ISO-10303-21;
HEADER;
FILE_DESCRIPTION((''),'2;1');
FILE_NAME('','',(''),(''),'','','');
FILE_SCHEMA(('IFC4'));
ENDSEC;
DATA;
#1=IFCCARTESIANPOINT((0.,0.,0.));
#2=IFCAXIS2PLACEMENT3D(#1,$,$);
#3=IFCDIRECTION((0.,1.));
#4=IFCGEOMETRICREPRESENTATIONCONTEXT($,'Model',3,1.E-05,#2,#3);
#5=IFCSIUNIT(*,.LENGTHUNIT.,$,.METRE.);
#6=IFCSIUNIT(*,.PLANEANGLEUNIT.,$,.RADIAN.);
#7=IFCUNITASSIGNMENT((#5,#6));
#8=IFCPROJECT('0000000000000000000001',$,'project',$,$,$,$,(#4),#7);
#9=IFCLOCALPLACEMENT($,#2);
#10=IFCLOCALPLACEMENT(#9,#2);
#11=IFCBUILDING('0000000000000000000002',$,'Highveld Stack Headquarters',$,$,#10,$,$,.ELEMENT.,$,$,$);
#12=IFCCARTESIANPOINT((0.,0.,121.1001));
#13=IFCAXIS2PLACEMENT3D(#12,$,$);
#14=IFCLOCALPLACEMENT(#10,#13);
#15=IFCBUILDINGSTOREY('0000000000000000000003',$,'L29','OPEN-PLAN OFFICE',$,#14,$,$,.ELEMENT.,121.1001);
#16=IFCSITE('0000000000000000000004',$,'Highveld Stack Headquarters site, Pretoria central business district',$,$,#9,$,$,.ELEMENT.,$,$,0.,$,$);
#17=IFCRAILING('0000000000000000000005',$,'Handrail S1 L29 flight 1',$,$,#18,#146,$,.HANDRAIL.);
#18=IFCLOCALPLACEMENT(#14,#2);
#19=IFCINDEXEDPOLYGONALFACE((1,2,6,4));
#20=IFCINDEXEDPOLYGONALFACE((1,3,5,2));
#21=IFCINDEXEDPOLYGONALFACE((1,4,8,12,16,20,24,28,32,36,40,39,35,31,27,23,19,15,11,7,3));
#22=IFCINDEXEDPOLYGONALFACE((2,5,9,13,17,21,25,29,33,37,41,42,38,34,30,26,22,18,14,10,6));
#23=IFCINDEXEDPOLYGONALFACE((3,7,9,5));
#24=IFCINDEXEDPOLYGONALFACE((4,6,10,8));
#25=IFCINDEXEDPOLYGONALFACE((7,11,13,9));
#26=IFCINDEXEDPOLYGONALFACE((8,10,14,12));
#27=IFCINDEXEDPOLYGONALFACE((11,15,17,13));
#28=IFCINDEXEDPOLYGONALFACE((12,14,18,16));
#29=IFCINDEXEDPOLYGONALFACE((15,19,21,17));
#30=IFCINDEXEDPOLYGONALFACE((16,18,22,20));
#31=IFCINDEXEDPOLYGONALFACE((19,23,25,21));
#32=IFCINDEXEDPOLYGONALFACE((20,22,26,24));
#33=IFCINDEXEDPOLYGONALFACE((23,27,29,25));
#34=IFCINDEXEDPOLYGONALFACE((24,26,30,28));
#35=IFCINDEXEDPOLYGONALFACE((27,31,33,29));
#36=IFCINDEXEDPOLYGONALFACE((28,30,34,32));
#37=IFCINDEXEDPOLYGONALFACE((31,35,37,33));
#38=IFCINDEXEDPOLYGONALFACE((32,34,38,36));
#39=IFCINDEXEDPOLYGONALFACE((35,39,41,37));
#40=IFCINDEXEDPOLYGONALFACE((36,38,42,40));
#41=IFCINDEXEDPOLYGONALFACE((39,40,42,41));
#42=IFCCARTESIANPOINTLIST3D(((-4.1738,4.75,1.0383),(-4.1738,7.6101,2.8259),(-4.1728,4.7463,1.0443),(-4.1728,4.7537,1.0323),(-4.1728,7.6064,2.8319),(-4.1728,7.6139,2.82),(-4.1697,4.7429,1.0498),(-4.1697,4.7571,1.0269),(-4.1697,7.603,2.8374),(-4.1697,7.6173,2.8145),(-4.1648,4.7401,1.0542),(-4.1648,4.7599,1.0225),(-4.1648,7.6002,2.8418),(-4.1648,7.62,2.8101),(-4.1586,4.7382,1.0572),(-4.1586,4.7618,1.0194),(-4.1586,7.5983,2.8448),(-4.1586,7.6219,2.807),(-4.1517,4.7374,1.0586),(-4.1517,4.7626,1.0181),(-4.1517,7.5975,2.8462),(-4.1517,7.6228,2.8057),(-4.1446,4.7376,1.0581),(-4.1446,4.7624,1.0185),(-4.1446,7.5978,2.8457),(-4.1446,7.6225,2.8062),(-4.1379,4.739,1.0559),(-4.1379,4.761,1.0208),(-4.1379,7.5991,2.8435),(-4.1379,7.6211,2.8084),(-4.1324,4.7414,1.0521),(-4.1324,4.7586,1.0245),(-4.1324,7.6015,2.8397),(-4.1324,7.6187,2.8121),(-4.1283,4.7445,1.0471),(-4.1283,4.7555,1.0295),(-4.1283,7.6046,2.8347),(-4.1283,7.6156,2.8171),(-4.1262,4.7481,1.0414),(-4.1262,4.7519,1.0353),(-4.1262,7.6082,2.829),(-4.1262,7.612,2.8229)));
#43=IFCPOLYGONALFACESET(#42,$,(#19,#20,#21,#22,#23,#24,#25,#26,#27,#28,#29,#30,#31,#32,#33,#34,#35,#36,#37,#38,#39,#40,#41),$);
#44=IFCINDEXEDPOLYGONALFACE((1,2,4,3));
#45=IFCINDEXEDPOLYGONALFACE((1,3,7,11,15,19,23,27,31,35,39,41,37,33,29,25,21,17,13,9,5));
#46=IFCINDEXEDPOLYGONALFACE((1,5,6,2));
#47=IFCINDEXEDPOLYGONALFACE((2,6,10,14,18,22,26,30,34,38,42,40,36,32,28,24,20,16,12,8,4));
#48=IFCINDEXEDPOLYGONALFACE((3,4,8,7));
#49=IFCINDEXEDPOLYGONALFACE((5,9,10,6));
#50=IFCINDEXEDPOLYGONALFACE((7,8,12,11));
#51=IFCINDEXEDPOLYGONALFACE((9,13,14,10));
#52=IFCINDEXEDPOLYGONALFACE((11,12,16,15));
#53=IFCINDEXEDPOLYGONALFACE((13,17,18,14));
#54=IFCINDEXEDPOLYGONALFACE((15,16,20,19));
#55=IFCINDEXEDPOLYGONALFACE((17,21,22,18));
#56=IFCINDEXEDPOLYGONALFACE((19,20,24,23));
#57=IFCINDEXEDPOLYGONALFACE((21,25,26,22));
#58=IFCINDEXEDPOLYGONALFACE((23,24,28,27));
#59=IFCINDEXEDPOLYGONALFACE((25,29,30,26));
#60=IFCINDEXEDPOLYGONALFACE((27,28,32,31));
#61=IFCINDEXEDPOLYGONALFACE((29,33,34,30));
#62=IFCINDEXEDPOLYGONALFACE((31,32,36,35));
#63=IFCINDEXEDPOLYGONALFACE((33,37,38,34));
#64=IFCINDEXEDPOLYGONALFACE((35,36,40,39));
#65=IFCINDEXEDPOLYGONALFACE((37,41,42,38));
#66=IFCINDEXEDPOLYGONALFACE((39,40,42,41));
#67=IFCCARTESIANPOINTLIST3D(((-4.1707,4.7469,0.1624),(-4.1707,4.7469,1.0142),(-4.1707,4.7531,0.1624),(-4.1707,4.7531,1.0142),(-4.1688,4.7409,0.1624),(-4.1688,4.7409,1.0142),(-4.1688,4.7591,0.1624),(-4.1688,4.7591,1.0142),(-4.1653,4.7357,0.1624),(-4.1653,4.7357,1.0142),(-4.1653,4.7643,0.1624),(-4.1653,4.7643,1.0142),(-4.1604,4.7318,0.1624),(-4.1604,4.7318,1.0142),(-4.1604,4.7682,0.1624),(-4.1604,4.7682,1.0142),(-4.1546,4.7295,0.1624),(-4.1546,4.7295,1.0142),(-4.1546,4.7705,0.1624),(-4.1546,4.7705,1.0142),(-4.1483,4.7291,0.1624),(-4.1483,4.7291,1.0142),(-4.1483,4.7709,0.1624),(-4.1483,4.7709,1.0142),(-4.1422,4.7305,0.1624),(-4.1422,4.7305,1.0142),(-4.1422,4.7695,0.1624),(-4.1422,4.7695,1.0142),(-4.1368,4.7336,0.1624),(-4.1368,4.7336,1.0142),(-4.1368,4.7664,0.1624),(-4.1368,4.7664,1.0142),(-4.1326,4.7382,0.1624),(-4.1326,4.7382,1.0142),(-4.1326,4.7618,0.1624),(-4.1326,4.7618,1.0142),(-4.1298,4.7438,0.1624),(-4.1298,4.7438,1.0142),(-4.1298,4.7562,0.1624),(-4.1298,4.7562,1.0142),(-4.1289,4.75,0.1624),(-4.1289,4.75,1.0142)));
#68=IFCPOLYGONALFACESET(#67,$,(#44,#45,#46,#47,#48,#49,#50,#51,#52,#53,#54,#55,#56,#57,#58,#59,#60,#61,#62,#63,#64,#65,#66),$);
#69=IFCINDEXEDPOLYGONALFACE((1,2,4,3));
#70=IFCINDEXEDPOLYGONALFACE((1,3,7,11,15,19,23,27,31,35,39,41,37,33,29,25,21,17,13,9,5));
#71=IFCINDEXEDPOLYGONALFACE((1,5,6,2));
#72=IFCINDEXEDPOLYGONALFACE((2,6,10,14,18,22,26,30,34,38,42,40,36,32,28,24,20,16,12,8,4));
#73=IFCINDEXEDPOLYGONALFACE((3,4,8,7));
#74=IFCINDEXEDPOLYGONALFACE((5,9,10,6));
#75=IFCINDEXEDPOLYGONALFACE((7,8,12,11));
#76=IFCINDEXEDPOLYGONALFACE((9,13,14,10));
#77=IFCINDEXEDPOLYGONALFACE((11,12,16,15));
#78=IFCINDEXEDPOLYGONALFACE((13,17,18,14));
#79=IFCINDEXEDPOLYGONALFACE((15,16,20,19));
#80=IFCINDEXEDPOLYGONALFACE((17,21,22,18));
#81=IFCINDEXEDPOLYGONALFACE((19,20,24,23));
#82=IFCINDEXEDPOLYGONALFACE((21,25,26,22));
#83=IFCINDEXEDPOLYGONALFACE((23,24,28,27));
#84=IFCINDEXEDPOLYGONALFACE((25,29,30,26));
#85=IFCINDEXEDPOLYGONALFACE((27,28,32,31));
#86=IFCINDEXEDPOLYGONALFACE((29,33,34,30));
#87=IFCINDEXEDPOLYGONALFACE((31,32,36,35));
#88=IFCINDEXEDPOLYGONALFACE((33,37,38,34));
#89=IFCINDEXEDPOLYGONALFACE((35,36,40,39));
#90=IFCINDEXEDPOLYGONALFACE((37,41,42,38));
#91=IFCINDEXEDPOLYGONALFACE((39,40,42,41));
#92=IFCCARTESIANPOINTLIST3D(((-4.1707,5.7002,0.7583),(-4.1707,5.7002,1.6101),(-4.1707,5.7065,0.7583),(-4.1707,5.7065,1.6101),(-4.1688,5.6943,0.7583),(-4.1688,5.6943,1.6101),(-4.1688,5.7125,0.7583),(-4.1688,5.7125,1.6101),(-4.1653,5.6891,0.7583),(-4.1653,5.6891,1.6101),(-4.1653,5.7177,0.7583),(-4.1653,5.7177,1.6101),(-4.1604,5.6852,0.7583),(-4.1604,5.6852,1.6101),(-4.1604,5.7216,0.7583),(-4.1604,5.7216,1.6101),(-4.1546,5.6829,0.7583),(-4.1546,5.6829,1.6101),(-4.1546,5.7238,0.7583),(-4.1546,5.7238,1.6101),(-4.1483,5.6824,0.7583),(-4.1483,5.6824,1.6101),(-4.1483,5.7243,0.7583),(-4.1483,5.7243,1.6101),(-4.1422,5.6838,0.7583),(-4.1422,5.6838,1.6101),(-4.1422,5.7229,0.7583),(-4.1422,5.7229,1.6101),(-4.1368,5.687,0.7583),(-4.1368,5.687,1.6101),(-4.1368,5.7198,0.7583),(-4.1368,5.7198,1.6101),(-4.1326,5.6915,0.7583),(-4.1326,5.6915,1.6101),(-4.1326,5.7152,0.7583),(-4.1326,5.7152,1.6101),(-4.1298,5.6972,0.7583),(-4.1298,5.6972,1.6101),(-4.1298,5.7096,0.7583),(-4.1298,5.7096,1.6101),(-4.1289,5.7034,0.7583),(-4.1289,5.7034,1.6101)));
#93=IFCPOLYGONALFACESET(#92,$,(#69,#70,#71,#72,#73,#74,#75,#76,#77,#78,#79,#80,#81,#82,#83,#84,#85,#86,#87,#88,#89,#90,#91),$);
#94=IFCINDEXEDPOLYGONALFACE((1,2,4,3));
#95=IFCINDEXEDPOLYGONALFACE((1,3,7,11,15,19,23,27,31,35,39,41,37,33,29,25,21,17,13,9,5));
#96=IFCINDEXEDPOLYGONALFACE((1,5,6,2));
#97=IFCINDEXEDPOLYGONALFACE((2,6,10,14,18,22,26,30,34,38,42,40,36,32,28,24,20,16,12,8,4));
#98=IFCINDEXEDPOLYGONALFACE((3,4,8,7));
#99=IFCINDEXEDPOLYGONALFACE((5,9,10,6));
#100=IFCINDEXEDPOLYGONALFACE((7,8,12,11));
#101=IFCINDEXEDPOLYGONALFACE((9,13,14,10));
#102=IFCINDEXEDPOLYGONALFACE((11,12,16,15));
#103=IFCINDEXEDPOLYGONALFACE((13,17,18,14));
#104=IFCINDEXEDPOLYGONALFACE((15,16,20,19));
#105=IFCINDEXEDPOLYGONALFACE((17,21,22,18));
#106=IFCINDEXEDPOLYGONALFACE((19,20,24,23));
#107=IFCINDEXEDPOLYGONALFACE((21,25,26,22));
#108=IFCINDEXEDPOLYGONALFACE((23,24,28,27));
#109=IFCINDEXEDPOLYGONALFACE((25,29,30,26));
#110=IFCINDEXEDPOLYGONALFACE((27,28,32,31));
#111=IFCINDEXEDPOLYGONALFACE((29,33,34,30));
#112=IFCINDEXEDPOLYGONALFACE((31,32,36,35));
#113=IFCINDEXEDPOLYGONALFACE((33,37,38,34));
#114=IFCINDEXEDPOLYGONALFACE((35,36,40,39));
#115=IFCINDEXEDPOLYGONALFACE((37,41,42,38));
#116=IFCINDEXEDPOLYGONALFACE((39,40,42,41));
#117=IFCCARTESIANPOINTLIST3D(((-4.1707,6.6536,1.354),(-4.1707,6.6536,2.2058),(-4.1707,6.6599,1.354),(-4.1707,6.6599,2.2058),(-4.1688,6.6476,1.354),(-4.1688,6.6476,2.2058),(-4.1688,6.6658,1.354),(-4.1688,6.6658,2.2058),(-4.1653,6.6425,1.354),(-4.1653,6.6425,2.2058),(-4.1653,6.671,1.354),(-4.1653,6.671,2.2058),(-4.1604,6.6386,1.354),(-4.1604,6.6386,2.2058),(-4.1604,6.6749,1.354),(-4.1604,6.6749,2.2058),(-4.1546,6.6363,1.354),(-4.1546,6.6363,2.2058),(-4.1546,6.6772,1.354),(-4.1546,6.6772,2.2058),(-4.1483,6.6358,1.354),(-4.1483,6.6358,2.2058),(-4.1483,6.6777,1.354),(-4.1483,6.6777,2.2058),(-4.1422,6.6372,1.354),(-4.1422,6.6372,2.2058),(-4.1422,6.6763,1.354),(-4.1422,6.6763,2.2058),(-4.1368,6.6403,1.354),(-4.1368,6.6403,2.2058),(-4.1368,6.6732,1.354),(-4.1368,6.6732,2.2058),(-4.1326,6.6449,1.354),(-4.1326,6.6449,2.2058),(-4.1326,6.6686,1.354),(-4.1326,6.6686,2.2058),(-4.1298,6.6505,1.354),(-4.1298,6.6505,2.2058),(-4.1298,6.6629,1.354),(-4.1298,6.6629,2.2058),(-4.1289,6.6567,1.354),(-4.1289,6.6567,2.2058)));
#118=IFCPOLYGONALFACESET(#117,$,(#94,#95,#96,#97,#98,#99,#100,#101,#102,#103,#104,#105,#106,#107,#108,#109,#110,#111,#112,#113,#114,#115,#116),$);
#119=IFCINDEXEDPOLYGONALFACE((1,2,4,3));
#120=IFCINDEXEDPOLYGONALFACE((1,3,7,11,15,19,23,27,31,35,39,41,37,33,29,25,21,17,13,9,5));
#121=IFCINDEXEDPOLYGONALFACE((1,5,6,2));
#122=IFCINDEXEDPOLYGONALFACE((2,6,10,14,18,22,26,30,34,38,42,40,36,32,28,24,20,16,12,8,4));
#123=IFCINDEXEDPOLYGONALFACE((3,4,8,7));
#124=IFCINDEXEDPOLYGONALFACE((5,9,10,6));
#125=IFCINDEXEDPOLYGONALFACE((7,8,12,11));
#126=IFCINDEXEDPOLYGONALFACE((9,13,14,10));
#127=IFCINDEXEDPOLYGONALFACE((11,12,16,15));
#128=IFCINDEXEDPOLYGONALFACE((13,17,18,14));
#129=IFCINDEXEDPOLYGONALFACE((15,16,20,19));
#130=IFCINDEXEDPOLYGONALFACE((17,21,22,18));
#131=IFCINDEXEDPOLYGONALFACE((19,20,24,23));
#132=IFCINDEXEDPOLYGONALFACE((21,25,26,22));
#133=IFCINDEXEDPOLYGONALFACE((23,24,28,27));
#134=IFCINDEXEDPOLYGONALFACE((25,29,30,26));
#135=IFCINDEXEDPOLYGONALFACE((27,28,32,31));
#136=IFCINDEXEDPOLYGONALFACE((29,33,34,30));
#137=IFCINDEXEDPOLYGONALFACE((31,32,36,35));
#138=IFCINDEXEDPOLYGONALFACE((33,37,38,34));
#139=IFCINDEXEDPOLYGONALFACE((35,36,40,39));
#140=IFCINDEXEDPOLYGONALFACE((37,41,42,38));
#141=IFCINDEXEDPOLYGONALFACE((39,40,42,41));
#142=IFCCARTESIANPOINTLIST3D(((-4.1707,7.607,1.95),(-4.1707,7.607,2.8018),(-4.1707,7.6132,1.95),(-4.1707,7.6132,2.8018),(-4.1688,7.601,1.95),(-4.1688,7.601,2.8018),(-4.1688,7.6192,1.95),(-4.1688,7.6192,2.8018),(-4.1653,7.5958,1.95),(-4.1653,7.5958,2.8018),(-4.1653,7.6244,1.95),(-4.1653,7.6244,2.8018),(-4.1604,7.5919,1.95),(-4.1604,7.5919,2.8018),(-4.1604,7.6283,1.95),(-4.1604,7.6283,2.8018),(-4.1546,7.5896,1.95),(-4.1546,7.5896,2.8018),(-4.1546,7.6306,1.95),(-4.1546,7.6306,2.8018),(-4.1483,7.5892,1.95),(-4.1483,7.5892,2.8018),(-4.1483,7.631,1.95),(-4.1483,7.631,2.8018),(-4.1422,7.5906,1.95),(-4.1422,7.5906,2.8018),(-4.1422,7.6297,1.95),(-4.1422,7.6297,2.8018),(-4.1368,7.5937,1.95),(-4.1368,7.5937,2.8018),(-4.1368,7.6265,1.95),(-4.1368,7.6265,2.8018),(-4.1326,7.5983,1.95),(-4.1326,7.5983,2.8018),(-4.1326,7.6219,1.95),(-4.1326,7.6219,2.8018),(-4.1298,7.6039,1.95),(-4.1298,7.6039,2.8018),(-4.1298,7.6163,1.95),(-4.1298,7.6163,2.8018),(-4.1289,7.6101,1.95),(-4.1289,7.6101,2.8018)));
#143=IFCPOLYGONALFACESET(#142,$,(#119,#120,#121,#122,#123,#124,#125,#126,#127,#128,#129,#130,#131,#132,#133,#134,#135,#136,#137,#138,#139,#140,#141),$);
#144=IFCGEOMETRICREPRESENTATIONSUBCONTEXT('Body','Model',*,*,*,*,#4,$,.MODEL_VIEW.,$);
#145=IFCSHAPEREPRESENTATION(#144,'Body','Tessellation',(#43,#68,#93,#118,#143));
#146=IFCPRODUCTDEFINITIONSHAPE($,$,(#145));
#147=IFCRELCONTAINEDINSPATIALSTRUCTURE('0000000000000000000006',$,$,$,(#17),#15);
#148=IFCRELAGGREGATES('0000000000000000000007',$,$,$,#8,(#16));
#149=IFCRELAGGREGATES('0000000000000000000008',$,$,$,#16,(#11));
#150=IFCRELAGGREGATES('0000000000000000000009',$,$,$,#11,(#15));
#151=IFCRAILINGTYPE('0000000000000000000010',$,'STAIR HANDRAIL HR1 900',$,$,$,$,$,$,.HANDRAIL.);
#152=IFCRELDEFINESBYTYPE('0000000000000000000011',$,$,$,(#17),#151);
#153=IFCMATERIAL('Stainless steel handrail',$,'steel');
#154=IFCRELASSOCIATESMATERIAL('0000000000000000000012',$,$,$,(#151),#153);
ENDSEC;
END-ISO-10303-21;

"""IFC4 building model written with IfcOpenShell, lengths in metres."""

from ifc_helpers import new_model, si_unit, direction, frame, origin, origin_2d, place, context, subcontext, project, spatial, circle, extrude, material, type_object, element, save


model = new_model("IFC4")

# Units and contexts
model_context = context("Model", 3, precision=1e-05, world=origin(), true_north=direction((0.0, 1.0)))
body_context = subcontext(model_context, "Body", "Model", "MODEL_VIEW")
ifc_project = project(units=[si_unit("LENGTHUNIT", "METRE"), si_unit("PLANEANGLEUNIT", "RADIAN")], contexts=[model_context])

# Site, building, storey
site_placement = place(None, origin())
site = spatial("IfcSite", under=ifc_project, at=site_placement, Name="Highveld Stack Headquarters site, Pretoria central business district", CompositionType="ELEMENT", RefElevation=0.0)
building_placement = place(site_placement, origin())
building = spatial("IfcBuilding", under=site, at=building_placement, Name="Highveld Stack Headquarters", CompositionType="ELEMENT")
storey_placement = place(building_placement, frame((0.0, 0.0, 121.1001)))
storey = spatial("IfcBuildingStorey", under=building, at=storey_placement, Name="L29", Description="OPEN-PLAN OFFICE", CompositionType="ELEMENT", Elevation=121.1001)

# Railing
ifc_material_1 = material(Name="Stainless steel handrail", Category="steel")
railing_type = type_object("IfcRailingType", Name="STAIR HANDRAIL HR1 900", PredefinedType="HANDRAIL", material=ifc_material_1)
for number, where, name in (
    (1, (-4.1499, 4.75, 0.1624), "Handrail S1 L29 flight 1"),
):
    element("IfcRailing", number, at=place(storey_placement, frame(where)), inside=storey, type_object=railing_type, Name=name, PredefinedType="HANDRAIL", context=body_context, shape_type="SweptSolid", body=[
        extrude(circle(Radius=0.0239, at=origin_2d()), frame((0.0, 0.0, 0.876), z_axis=(0.0, 0.847994, 0.530005), x_axis=(-1.0, 0.0, 0.0)), (0.0, 0.0, 1.0), 3.3728),
        extrude(circle(Radius=0.021, at=origin_2d()), origin(), (0.0, 0.0, 1.0), 0.8518),
        extrude(circle(Radius=0.021, at=origin_2d()), frame((0.0, 0.9534, 0.5959)), (0.0, 0.0, 1.0), 0.8518),
        extrude(circle(Radius=0.021, at=origin_2d()), frame((0.0, 1.9067, 1.1917)), (0.0, 0.0, 1.0), 0.8518),
        extrude(circle(Radius=0.021, at=origin_2d()), frame((0.0, 2.8601, 1.7876)), (0.0, 0.0, 1.0), 0.8518),
    ])

save(model, "model.ifc")
